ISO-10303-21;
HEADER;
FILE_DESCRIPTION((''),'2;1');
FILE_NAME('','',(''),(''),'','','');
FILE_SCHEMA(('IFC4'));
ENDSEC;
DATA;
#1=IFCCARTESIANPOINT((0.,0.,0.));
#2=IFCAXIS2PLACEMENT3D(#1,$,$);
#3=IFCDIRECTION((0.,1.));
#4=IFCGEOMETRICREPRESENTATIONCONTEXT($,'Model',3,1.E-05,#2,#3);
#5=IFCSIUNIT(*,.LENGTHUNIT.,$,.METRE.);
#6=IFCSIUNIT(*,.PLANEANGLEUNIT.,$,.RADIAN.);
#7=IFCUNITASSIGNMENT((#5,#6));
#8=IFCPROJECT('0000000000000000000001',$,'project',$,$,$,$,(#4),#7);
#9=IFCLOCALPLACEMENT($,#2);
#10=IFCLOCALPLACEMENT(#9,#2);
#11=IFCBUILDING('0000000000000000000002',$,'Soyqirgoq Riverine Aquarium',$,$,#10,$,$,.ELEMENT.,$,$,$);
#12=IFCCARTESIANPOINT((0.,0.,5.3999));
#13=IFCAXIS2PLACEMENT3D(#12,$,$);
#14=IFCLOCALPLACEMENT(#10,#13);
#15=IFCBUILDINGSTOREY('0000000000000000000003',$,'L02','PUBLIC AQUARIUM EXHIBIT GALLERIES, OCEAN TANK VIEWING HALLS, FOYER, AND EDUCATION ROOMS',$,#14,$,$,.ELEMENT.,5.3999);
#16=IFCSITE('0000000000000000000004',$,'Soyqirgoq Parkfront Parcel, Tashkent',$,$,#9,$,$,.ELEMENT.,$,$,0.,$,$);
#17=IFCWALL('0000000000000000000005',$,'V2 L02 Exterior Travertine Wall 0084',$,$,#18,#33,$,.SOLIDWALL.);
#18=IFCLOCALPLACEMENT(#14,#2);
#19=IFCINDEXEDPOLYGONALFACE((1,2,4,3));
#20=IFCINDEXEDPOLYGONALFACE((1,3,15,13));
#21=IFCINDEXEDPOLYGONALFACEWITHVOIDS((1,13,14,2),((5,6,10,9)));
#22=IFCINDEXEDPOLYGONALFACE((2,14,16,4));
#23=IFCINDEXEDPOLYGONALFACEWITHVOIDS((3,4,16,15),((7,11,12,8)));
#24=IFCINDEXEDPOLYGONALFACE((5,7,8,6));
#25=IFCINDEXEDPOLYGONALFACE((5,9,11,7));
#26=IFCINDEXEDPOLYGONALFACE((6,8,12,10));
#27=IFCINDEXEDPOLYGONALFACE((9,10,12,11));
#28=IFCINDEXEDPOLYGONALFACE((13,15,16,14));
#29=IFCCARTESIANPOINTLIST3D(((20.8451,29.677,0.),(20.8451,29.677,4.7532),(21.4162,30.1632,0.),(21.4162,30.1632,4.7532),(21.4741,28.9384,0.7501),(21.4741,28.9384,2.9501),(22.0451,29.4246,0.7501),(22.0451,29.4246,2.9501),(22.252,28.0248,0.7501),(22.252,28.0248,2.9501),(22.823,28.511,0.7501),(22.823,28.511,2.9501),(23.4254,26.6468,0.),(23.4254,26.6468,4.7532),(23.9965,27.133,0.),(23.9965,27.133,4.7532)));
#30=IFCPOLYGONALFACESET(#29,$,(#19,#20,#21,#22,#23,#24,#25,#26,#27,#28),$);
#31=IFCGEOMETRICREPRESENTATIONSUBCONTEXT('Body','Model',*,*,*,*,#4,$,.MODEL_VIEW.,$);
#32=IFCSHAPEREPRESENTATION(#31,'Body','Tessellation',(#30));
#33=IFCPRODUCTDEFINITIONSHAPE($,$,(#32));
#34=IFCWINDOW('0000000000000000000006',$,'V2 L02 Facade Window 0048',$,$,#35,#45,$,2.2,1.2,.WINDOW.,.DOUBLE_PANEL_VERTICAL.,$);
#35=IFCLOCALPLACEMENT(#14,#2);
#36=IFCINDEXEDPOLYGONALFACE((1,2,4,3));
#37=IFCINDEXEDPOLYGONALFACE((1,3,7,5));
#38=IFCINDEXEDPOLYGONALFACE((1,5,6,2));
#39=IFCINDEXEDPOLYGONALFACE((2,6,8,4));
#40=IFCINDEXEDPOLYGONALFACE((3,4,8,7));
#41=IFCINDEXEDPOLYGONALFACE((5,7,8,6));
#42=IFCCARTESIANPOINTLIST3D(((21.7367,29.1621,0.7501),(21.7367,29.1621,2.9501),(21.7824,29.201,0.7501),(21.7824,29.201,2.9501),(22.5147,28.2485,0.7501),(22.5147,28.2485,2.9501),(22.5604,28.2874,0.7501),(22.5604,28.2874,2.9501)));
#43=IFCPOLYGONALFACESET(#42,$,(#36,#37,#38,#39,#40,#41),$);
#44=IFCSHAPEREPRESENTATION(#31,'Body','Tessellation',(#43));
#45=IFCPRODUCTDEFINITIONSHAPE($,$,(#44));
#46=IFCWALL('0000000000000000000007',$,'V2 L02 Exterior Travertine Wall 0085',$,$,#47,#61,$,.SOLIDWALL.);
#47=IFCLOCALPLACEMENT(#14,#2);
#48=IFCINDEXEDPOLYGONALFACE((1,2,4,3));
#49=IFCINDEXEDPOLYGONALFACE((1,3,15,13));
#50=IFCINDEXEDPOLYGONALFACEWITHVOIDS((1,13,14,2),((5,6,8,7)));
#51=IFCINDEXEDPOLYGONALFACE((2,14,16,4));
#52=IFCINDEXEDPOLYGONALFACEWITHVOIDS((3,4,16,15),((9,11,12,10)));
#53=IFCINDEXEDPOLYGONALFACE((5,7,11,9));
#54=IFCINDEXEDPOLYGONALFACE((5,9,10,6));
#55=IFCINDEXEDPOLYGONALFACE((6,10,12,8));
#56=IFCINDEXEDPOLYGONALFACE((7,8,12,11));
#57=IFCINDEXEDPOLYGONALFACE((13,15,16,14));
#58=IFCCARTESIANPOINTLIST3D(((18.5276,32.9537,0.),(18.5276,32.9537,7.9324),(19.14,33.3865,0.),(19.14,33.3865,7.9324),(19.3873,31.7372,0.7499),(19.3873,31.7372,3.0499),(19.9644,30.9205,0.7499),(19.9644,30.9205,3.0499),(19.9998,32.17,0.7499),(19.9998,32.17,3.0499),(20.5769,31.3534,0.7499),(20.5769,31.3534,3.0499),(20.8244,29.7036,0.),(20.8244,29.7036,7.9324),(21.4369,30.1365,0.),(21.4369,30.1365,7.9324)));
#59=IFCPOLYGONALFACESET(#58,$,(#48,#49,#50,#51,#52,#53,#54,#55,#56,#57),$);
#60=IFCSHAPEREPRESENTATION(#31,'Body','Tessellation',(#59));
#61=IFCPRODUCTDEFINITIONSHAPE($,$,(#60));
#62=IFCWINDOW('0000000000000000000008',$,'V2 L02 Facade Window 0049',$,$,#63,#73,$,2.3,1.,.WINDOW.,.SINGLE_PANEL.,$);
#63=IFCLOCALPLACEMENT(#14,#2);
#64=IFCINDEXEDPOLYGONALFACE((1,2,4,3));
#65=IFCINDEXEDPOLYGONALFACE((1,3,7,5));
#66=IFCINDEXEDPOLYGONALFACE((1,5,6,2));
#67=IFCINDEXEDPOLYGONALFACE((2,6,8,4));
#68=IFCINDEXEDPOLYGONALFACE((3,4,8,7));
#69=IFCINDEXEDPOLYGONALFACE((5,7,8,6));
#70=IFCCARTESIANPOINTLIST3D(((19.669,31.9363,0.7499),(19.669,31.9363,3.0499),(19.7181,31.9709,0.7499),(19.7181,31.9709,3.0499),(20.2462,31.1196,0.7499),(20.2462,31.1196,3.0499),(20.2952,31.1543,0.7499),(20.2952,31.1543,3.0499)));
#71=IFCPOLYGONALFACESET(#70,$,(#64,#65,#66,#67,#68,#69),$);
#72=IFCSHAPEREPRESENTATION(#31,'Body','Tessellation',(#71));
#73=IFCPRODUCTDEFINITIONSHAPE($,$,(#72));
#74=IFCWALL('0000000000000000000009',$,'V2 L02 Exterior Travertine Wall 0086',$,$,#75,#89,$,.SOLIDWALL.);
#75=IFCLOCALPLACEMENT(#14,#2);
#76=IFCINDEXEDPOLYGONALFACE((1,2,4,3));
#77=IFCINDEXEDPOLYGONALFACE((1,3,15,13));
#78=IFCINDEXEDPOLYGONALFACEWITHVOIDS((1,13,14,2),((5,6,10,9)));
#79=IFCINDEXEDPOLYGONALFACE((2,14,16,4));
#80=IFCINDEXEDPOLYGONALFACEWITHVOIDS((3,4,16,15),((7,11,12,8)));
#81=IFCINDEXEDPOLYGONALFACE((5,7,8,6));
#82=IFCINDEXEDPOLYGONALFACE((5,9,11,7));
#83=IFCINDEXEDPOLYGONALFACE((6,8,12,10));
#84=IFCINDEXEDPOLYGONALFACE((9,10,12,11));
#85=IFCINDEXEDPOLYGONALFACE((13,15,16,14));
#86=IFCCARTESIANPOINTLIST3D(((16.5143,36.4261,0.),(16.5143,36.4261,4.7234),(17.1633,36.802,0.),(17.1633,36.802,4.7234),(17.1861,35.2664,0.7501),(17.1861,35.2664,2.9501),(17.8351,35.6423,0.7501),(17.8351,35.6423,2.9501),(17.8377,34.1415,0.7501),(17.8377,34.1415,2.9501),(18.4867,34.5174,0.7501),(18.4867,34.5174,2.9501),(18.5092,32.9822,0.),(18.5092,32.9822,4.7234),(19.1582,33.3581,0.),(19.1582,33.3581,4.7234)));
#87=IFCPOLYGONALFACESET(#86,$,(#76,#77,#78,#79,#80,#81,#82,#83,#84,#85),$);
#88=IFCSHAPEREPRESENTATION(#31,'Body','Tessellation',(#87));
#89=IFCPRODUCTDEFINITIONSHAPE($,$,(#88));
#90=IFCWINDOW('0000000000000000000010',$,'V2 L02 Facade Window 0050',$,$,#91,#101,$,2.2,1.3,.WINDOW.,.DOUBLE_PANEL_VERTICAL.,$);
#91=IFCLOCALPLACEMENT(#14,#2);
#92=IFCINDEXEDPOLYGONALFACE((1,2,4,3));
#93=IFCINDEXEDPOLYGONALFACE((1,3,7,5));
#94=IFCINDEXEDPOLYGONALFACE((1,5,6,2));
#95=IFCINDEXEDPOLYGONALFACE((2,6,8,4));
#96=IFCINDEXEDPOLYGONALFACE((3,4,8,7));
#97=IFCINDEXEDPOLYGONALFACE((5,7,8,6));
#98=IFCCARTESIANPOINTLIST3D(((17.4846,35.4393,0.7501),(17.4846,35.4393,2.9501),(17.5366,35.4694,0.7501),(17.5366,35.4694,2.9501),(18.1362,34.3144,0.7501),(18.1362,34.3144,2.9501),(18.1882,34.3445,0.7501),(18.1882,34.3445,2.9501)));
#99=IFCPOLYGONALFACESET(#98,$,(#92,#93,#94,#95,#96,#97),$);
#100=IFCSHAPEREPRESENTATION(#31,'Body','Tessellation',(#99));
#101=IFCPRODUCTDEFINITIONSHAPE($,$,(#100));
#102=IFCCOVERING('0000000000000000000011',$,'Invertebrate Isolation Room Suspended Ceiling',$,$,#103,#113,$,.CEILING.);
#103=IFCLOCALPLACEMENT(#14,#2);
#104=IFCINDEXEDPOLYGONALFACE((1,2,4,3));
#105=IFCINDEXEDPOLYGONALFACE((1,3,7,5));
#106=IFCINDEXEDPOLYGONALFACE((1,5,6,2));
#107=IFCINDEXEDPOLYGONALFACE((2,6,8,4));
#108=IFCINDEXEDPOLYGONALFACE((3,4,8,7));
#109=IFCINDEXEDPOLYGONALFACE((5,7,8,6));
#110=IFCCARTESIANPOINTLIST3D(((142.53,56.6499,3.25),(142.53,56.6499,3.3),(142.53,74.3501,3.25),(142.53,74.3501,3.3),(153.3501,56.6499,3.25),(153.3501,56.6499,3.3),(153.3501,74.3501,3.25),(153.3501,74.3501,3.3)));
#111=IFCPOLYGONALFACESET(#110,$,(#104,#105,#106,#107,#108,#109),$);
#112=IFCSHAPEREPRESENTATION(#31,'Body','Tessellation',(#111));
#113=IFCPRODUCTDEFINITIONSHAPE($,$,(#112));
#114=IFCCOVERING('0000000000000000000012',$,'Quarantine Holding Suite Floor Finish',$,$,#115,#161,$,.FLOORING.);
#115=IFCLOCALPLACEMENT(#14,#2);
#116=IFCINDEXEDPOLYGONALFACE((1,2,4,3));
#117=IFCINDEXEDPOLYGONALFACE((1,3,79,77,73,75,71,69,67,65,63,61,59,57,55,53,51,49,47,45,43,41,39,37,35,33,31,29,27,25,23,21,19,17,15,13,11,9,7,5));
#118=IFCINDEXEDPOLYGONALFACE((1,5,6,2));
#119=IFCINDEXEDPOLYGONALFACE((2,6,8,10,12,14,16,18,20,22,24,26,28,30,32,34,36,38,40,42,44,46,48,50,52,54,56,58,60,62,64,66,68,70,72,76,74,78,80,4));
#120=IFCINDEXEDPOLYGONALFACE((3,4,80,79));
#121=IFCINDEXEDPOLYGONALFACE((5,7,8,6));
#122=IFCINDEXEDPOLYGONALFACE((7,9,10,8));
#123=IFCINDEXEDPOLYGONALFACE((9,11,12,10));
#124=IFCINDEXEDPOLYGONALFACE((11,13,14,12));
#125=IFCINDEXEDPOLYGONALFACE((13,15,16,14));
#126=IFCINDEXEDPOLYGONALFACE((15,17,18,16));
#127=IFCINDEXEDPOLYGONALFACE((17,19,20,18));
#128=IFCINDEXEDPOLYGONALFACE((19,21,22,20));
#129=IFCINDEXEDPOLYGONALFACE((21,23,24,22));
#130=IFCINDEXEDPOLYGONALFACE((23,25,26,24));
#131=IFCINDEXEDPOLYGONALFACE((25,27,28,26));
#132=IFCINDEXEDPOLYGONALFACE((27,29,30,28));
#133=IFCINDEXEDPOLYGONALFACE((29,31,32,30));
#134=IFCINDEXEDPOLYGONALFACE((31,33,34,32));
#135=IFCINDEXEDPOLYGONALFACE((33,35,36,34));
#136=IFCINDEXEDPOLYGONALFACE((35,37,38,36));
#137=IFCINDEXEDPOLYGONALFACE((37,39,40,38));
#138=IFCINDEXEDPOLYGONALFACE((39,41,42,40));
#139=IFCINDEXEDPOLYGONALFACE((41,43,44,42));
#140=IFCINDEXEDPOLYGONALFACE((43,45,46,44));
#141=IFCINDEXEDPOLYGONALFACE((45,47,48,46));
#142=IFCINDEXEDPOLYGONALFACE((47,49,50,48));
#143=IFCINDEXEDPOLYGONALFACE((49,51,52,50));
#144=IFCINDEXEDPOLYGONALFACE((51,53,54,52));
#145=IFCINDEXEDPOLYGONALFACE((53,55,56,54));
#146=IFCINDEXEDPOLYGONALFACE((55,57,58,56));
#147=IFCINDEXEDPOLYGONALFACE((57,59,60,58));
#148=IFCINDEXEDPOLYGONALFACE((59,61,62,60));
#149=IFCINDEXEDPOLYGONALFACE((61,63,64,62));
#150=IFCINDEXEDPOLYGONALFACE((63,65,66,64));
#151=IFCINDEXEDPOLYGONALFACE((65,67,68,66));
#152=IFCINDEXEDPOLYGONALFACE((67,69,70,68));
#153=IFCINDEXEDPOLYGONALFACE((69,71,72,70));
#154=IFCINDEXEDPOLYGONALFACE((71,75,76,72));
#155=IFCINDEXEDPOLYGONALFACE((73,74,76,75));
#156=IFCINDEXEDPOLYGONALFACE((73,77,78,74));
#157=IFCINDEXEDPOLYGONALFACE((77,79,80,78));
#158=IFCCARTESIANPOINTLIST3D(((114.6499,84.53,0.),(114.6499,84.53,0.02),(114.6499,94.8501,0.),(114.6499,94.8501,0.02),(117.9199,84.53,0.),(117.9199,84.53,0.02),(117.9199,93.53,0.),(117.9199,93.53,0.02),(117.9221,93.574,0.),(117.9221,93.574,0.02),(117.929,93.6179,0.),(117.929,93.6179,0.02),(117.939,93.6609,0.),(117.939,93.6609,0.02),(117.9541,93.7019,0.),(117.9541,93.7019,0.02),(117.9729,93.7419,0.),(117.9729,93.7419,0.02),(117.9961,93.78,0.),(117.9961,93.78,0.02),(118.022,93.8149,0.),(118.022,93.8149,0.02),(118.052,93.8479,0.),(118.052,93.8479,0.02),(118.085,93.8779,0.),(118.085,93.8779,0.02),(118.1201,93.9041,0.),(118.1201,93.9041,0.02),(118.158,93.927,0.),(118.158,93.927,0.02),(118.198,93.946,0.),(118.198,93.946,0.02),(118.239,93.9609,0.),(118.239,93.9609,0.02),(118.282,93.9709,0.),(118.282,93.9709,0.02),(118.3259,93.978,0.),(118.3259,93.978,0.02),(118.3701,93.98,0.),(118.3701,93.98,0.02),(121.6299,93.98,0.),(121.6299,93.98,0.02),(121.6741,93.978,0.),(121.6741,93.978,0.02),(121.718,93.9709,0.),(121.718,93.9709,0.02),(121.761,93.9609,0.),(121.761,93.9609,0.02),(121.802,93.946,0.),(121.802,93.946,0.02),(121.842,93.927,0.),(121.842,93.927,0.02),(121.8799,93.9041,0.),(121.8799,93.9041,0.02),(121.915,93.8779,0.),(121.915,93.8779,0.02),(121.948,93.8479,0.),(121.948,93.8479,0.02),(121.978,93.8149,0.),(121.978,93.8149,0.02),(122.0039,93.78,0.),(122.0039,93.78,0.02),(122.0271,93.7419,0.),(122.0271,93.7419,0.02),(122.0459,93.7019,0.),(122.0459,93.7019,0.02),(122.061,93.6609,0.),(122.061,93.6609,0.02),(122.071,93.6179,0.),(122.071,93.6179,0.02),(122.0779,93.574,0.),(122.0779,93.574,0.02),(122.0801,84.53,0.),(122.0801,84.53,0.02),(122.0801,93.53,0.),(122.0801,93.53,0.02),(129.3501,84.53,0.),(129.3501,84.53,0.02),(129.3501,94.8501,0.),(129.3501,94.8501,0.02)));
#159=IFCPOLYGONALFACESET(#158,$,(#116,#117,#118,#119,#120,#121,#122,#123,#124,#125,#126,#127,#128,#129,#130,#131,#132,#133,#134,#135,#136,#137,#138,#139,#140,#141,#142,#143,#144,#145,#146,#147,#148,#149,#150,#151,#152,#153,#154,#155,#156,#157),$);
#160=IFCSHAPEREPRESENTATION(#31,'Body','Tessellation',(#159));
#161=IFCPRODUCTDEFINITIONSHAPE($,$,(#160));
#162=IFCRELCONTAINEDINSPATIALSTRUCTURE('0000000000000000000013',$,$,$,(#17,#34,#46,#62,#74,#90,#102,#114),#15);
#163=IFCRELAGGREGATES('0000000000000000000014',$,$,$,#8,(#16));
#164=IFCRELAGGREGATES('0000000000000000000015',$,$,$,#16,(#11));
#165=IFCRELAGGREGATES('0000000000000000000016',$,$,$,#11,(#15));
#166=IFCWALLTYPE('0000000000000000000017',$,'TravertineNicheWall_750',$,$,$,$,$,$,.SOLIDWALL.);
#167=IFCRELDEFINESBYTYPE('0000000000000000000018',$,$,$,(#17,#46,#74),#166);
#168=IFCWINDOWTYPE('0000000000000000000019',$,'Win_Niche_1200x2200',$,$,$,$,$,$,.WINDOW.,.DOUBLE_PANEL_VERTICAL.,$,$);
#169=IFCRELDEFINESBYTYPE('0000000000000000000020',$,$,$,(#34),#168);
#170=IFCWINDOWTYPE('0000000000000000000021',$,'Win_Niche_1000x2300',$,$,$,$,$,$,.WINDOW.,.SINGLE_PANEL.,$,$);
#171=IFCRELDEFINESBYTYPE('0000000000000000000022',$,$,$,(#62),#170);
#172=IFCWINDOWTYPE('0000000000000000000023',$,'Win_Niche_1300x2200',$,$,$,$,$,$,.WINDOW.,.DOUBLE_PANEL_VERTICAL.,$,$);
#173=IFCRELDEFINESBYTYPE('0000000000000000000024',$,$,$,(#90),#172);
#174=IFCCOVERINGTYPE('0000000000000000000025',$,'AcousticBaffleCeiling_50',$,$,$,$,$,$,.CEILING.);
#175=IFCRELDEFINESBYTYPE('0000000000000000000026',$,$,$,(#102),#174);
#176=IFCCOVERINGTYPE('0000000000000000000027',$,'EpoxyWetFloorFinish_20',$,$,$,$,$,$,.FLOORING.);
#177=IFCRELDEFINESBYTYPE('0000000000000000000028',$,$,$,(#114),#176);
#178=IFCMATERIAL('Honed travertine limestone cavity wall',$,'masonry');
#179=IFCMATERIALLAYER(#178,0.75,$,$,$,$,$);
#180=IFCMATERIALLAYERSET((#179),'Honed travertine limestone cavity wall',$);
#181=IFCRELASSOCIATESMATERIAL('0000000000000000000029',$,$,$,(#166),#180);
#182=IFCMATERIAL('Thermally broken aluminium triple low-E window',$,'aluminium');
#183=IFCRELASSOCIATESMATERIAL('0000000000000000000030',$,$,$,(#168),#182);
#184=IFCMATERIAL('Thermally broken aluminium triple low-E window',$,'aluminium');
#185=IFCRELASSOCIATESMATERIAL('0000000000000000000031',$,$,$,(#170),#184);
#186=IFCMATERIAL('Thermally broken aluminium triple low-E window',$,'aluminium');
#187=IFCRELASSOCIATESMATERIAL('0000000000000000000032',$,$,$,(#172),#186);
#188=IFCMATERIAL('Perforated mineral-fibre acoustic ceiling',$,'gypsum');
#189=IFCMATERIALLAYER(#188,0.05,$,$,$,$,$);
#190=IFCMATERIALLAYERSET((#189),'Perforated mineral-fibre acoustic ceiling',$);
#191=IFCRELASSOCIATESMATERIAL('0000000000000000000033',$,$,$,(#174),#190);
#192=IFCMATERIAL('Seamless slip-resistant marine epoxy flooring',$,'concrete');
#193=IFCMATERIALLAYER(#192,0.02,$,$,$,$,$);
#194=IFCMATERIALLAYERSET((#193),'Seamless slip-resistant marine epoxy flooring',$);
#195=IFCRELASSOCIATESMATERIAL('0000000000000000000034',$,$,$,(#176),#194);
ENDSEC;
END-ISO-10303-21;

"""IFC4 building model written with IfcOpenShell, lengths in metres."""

from ifc_helpers import new_model, si_unit, direction, frame, frame_2d, origin, place, context, subcontext, project, spatial, polyline, rectangle, outline, extrude, material, layer, layer_set, type_object, element, fill, save


model = new_model("IFC4")

# Units and contexts
model_context = context("Model", 3, precision=1e-05, world=origin(), true_north=direction((0.0, 1.0)))
body_context = subcontext(model_context, "Body", "Model", "MODEL_VIEW")
ifc_project = project(units=[si_unit("LENGTHUNIT", "METRE"), si_unit("PLANEANGLEUNIT", "RADIAN")], contexts=[model_context])

# Site, building, storey
site_placement = place(None, origin())
site = spatial("IfcSite", under=ifc_project, at=site_placement, Name="Soyqirgoq Parkfront Parcel, Tashkent", CompositionType="ELEMENT", RefElevation=0.0)
building_placement = place(site_placement, origin())
building = spatial("IfcBuilding", under=site, at=building_placement, Name="Soyqirgoq Riverine Aquarium", CompositionType="ELEMENT")
storey_placement = place(building_placement, frame((0.0, 0.0, 5.3999)))
storey = spatial("IfcBuildingStorey", under=building, at=storey_placement, Name="L02", Description="PUBLIC AQUARIUM EXHIBIT GALLERIES, OCEAN TANK VIEWING HALLS, FOYER, AND EDUCATION ROOMS", CompositionType="ELEMENT", Elevation=5.3999)

# Walls, openings, windows
ifc_material_1 = material(Name="Honed travertine limestone cavity wall", Category="masonry")
ifc_layer_1 = layer(ifc_material_1, 0.75)
ifc_layer_set_1 = layer_set([ifc_layer_1], Name="Honed travertine limestone cavity wall")
wall_type = type_object("IfcWallType", Name="TravertineNicheWall_750", PredefinedType="SOLIDWALL", material=ifc_layer_set_1)
wall_1_placement = place(storey_placement, frame((23.7109, 26.8899, 0.0), z_axis=(0.0, 0.0, 1.0), x_axis=(-0.648318, 0.76137, 0.0)))
wall_1 = element("IfcWall", 1, at=wall_1_placement, inside=storey, type_object=wall_type, Name="V2 L02 Exterior Travertine Wall 0084", PredefinedType="SOLIDWALL", context=body_context, shape_type="SweptSolid", body=[
    extrude(rectangle(XDim=3.98, YDim=0.75, at=frame_2d((1.99, 0.0))), origin(), (0.0, 0.0, 1.0), 4.7532),
])
opening_1_placement = place(wall_1_placement, frame((1.8098, 0.0, 0.75)))
opening_1 = element("IfcOpeningElement", 2, at=opening_1_placement, cuts=wall_1, PredefinedType="OPENING", context=body_context, shape_type="SweptSolid", body=[
    extrude(rectangle(XDim=1.2, YDim=2.2, at=frame_2d((0.6001, 1.1001))), frame((0.0, 0.385, 0.0), z_axis=(0.0, -1.0, 0.0), x_axis=(1.0, 0.0, 0.0)), (0.0, 0.0, 1.0), 0.77),
])
ifc_material_2 = material(Name="Thermally broken aluminium triple low-E window", Category="aluminium")
window_type_1 = type_object("IfcWindowType", Name="Win_Niche_1200x2200", PartitioningType="DOUBLE_PANEL_VERTICAL", PredefinedType="WINDOW", material=ifc_material_2)
window_1_placement = place(opening_1_placement, origin())
window_1 = element("IfcWindow", 3, at=window_1_placement, inside=storey, type_object=window_type_1, Name="V2 L02 Facade Window 0048", OverallHeight=2.2, OverallWidth=1.2, PartitioningType="DOUBLE_PANEL_VERTICAL", PredefinedType="WINDOW", context=body_context, shape_type="SweptSolid", body=[
    extrude(rectangle(XDim=1.2, YDim=2.2, at=frame_2d((0.6001, 1.1001))), frame((0.0, 0.03, 0.0), z_axis=(0.0, -1.0, 0.0), x_axis=(1.0, 0.0, 0.0)), (0.0, 0.0, 1.0), 0.0601),
])
fill(opening_1, window_1)
wall_2_placement = place(storey_placement, frame((21.1306, 29.9202, 0.0), z_axis=(0.0, 0.0, 1.0), x_axis=(-0.577146, 0.816641, 0.0)))
wall_2 = element("IfcWall", 4, at=wall_2_placement, inside=storey, type_object=wall_type, Name="V2 L02 Exterior Travertine Wall 0085", PredefinedType="SOLIDWALL", context=body_context, shape_type="SweptSolid", body=[
    extrude(rectangle(XDim=3.9797, YDim=0.75, at=frame_2d((1.9897, 0.0))), origin(), (0.0, 0.0, 1.0), 7.9324),
])
opening_2_placement = place(wall_2_placement, frame((1.49, 0.0, 0.75)))
opening_2 = element("IfcOpeningElement", 5, at=opening_2_placement, cuts=wall_2, PredefinedType="OPENING", context=body_context, shape_type="SweptSolid", body=[
    extrude(rectangle(XDim=1.0, YDim=2.3, at=frame_2d((0.5, 1.1499))), frame((0.0, 0.385, 0.0), z_axis=(0.0, -1.0, 0.0), x_axis=(1.0, 0.0, 0.0)), (0.0, 0.0, 1.0), 0.77),
])
ifc_material_3 = material(Name="Thermally broken aluminium triple low-E window", Category="aluminium")
window_type_2 = type_object("IfcWindowType", Name="Win_Niche_1000x2300", PartitioningType="SINGLE_PANEL", PredefinedType="WINDOW", material=ifc_material_3)
window_2_placement = place(opening_2_placement, origin())
window_2 = element("IfcWindow", 6, at=window_2_placement, inside=storey, type_object=window_type_2, Name="V2 L02 Facade Window 0049", OverallHeight=2.3, OverallWidth=1.0, PartitioningType="SINGLE_PANEL", PredefinedType="WINDOW", context=body_context, shape_type="SweptSolid", body=[
    extrude(rectangle(XDim=1.0, YDim=2.3, at=frame_2d((0.5, 1.1499))), frame((0.0, 0.03, 0.0), z_axis=(0.0, -1.0, 0.0), x_axis=(1.0, 0.0, 0.0)), (0.0, 0.0, 1.0), 0.0601),
])
fill(opening_2, window_2)
wall_3_placement = place(storey_placement, frame((18.8337, 33.1702, 0.0), z_axis=(0.0, 0.0, 1.0), x_axis=(-0.501237, 0.86531, 0.0)))
wall_3 = element("IfcWall", 7, at=wall_3_placement, inside=storey, type_object=wall_type, Name="V2 L02 Exterior Travertine Wall 0086", PredefinedType="SOLIDWALL", context=body_context, shape_type="SweptSolid", body=[
    extrude(rectangle(XDim=3.98, YDim=0.75, at=frame_2d((1.99, 0.0))), origin(), (0.0, 0.0, 1.0), 4.7234),
])
opening_3_placement = place(wall_3_placement, frame((1.3398, 0.0, 0.75)))
opening_3 = element("IfcOpeningElement", 8, at=opening_3_placement, cuts=wall_3, PredefinedType="OPENING", context=body_context, shape_type="SweptSolid", body=[
    extrude(rectangle(XDim=1.3, YDim=2.2, at=frame_2d((0.6499, 1.1001))), frame((0.0, 0.385, 0.0), z_axis=(0.0, -1.0, 0.0), x_axis=(1.0, 0.0, 0.0)), (0.0, 0.0, 1.0), 0.77),
])
ifc_material_4 = material(Name="Thermally broken aluminium triple low-E window", Category="aluminium")
window_type_3 = type_object("IfcWindowType", Name="Win_Niche_1300x2200", PartitioningType="DOUBLE_PANEL_VERTICAL", PredefinedType="WINDOW", material=ifc_material_4)
window_3_placement = place(opening_3_placement, origin())
window_3 = element("IfcWindow", 9, at=window_3_placement, inside=storey, type_object=window_type_3, Name="V2 L02 Facade Window 0050", OverallHeight=2.2, OverallWidth=1.3, PartitioningType="DOUBLE_PANEL_VERTICAL", PredefinedType="WINDOW", context=body_context, shape_type="SweptSolid", body=[
    extrude(rectangle(XDim=1.3, YDim=2.2, at=frame_2d((0.6499, 1.1001))), frame((0.0, 0.03, 0.0), z_axis=(0.0, -1.0, 0.0), x_axis=(1.0, 0.0, 0.0)), (0.0, 0.0, 1.0), 0.0601),
])
fill(opening_3, window_3)

# Coverings
ifc_material_5 = material(Name="Perforated mineral-fibre acoustic ceiling", Category="gypsum")
ifc_layer_2 = layer(ifc_material_5, 0.05)
ifc_layer_set_2 = layer_set([ifc_layer_2], Name="Perforated mineral-fibre acoustic ceiling")
covering_type_1 = type_object("IfcCoveringType", Name="AcousticBaffleCeiling_50", PredefinedType="CEILING", material=ifc_layer_set_2)
covering_1_placement = place(storey_placement, frame((0.0, 0.0, 3.25)))
element("IfcCovering", 10, at=covering_1_placement, inside=storey, type_object=covering_type_1, Name="Invertebrate Isolation Room Suspended Ceiling", PredefinedType="CEILING", context=body_context, shape_type="SweptSolid", body=[
    extrude(outline(polyline([(153.3501, 74.3501), (153.3501, 56.6499), (142.53, 56.6499), (142.53, 74.3501), (153.3501, 74.3501)])), origin(), (0.0, 0.0, 1.0), 0.05),
])
ifc_material_6 = material(Name="Seamless slip-resistant marine epoxy flooring", Category="concrete")
ifc_layer_3 = layer(ifc_material_6, 0.02)
ifc_layer_set_3 = layer_set([ifc_layer_3], Name="Seamless slip-resistant marine epoxy flooring")
covering_type_2 = type_object("IfcCoveringType", Name="EpoxyWetFloorFinish_20", PredefinedType="FLOORING", material=ifc_layer_set_3)
covering_2_placement = place(storey_placement, origin())
element("IfcCovering", 11, at=covering_2_placement, inside=storey, type_object=covering_type_2, Name="Quarantine Holding Suite Floor Finish", PredefinedType="FLOORING", context=body_context, shape_type="SweptSolid", body=[
    extrude(outline(polyline([(114.6499, 94.8501), (129.3501, 94.8501), (129.3501, 84.53), (122.0801, 84.53), (122.0801, 93.53), (122.0779, 93.574), (122.071, 93.6179), (122.061, 93.6609), (122.0459, 93.7019), (122.0271, 93.7419), (122.0039, 93.78), (121.978, 93.8149), (121.948, 93.8479), (121.915, 93.8779), (121.8799, 93.9041), (121.842, 93.927), (121.802, 93.946), (121.761, 93.9609), (121.718, 93.9709), (121.6741, 93.978), (121.6299, 93.98), (118.3701, 93.98), (118.3259, 93.978), (118.282, 93.9709), (118.239, 93.9609), (118.198, 93.946), (118.158, 93.927), (118.1201, 93.9041), (118.085, 93.8779), (118.052, 93.8479), (118.022, 93.8149), (117.9961, 93.78), (117.9729, 93.7419), (117.9541, 93.7019), (117.939, 93.6609), (117.929, 93.6179), (117.9221, 93.574), (117.9199, 93.53), (117.9199, 84.53), (114.6499, 84.53), (114.6499, 94.8501)])), origin(), (0.0, 0.0, 1.0), 0.02),
])

save(model, "model.ifc")
